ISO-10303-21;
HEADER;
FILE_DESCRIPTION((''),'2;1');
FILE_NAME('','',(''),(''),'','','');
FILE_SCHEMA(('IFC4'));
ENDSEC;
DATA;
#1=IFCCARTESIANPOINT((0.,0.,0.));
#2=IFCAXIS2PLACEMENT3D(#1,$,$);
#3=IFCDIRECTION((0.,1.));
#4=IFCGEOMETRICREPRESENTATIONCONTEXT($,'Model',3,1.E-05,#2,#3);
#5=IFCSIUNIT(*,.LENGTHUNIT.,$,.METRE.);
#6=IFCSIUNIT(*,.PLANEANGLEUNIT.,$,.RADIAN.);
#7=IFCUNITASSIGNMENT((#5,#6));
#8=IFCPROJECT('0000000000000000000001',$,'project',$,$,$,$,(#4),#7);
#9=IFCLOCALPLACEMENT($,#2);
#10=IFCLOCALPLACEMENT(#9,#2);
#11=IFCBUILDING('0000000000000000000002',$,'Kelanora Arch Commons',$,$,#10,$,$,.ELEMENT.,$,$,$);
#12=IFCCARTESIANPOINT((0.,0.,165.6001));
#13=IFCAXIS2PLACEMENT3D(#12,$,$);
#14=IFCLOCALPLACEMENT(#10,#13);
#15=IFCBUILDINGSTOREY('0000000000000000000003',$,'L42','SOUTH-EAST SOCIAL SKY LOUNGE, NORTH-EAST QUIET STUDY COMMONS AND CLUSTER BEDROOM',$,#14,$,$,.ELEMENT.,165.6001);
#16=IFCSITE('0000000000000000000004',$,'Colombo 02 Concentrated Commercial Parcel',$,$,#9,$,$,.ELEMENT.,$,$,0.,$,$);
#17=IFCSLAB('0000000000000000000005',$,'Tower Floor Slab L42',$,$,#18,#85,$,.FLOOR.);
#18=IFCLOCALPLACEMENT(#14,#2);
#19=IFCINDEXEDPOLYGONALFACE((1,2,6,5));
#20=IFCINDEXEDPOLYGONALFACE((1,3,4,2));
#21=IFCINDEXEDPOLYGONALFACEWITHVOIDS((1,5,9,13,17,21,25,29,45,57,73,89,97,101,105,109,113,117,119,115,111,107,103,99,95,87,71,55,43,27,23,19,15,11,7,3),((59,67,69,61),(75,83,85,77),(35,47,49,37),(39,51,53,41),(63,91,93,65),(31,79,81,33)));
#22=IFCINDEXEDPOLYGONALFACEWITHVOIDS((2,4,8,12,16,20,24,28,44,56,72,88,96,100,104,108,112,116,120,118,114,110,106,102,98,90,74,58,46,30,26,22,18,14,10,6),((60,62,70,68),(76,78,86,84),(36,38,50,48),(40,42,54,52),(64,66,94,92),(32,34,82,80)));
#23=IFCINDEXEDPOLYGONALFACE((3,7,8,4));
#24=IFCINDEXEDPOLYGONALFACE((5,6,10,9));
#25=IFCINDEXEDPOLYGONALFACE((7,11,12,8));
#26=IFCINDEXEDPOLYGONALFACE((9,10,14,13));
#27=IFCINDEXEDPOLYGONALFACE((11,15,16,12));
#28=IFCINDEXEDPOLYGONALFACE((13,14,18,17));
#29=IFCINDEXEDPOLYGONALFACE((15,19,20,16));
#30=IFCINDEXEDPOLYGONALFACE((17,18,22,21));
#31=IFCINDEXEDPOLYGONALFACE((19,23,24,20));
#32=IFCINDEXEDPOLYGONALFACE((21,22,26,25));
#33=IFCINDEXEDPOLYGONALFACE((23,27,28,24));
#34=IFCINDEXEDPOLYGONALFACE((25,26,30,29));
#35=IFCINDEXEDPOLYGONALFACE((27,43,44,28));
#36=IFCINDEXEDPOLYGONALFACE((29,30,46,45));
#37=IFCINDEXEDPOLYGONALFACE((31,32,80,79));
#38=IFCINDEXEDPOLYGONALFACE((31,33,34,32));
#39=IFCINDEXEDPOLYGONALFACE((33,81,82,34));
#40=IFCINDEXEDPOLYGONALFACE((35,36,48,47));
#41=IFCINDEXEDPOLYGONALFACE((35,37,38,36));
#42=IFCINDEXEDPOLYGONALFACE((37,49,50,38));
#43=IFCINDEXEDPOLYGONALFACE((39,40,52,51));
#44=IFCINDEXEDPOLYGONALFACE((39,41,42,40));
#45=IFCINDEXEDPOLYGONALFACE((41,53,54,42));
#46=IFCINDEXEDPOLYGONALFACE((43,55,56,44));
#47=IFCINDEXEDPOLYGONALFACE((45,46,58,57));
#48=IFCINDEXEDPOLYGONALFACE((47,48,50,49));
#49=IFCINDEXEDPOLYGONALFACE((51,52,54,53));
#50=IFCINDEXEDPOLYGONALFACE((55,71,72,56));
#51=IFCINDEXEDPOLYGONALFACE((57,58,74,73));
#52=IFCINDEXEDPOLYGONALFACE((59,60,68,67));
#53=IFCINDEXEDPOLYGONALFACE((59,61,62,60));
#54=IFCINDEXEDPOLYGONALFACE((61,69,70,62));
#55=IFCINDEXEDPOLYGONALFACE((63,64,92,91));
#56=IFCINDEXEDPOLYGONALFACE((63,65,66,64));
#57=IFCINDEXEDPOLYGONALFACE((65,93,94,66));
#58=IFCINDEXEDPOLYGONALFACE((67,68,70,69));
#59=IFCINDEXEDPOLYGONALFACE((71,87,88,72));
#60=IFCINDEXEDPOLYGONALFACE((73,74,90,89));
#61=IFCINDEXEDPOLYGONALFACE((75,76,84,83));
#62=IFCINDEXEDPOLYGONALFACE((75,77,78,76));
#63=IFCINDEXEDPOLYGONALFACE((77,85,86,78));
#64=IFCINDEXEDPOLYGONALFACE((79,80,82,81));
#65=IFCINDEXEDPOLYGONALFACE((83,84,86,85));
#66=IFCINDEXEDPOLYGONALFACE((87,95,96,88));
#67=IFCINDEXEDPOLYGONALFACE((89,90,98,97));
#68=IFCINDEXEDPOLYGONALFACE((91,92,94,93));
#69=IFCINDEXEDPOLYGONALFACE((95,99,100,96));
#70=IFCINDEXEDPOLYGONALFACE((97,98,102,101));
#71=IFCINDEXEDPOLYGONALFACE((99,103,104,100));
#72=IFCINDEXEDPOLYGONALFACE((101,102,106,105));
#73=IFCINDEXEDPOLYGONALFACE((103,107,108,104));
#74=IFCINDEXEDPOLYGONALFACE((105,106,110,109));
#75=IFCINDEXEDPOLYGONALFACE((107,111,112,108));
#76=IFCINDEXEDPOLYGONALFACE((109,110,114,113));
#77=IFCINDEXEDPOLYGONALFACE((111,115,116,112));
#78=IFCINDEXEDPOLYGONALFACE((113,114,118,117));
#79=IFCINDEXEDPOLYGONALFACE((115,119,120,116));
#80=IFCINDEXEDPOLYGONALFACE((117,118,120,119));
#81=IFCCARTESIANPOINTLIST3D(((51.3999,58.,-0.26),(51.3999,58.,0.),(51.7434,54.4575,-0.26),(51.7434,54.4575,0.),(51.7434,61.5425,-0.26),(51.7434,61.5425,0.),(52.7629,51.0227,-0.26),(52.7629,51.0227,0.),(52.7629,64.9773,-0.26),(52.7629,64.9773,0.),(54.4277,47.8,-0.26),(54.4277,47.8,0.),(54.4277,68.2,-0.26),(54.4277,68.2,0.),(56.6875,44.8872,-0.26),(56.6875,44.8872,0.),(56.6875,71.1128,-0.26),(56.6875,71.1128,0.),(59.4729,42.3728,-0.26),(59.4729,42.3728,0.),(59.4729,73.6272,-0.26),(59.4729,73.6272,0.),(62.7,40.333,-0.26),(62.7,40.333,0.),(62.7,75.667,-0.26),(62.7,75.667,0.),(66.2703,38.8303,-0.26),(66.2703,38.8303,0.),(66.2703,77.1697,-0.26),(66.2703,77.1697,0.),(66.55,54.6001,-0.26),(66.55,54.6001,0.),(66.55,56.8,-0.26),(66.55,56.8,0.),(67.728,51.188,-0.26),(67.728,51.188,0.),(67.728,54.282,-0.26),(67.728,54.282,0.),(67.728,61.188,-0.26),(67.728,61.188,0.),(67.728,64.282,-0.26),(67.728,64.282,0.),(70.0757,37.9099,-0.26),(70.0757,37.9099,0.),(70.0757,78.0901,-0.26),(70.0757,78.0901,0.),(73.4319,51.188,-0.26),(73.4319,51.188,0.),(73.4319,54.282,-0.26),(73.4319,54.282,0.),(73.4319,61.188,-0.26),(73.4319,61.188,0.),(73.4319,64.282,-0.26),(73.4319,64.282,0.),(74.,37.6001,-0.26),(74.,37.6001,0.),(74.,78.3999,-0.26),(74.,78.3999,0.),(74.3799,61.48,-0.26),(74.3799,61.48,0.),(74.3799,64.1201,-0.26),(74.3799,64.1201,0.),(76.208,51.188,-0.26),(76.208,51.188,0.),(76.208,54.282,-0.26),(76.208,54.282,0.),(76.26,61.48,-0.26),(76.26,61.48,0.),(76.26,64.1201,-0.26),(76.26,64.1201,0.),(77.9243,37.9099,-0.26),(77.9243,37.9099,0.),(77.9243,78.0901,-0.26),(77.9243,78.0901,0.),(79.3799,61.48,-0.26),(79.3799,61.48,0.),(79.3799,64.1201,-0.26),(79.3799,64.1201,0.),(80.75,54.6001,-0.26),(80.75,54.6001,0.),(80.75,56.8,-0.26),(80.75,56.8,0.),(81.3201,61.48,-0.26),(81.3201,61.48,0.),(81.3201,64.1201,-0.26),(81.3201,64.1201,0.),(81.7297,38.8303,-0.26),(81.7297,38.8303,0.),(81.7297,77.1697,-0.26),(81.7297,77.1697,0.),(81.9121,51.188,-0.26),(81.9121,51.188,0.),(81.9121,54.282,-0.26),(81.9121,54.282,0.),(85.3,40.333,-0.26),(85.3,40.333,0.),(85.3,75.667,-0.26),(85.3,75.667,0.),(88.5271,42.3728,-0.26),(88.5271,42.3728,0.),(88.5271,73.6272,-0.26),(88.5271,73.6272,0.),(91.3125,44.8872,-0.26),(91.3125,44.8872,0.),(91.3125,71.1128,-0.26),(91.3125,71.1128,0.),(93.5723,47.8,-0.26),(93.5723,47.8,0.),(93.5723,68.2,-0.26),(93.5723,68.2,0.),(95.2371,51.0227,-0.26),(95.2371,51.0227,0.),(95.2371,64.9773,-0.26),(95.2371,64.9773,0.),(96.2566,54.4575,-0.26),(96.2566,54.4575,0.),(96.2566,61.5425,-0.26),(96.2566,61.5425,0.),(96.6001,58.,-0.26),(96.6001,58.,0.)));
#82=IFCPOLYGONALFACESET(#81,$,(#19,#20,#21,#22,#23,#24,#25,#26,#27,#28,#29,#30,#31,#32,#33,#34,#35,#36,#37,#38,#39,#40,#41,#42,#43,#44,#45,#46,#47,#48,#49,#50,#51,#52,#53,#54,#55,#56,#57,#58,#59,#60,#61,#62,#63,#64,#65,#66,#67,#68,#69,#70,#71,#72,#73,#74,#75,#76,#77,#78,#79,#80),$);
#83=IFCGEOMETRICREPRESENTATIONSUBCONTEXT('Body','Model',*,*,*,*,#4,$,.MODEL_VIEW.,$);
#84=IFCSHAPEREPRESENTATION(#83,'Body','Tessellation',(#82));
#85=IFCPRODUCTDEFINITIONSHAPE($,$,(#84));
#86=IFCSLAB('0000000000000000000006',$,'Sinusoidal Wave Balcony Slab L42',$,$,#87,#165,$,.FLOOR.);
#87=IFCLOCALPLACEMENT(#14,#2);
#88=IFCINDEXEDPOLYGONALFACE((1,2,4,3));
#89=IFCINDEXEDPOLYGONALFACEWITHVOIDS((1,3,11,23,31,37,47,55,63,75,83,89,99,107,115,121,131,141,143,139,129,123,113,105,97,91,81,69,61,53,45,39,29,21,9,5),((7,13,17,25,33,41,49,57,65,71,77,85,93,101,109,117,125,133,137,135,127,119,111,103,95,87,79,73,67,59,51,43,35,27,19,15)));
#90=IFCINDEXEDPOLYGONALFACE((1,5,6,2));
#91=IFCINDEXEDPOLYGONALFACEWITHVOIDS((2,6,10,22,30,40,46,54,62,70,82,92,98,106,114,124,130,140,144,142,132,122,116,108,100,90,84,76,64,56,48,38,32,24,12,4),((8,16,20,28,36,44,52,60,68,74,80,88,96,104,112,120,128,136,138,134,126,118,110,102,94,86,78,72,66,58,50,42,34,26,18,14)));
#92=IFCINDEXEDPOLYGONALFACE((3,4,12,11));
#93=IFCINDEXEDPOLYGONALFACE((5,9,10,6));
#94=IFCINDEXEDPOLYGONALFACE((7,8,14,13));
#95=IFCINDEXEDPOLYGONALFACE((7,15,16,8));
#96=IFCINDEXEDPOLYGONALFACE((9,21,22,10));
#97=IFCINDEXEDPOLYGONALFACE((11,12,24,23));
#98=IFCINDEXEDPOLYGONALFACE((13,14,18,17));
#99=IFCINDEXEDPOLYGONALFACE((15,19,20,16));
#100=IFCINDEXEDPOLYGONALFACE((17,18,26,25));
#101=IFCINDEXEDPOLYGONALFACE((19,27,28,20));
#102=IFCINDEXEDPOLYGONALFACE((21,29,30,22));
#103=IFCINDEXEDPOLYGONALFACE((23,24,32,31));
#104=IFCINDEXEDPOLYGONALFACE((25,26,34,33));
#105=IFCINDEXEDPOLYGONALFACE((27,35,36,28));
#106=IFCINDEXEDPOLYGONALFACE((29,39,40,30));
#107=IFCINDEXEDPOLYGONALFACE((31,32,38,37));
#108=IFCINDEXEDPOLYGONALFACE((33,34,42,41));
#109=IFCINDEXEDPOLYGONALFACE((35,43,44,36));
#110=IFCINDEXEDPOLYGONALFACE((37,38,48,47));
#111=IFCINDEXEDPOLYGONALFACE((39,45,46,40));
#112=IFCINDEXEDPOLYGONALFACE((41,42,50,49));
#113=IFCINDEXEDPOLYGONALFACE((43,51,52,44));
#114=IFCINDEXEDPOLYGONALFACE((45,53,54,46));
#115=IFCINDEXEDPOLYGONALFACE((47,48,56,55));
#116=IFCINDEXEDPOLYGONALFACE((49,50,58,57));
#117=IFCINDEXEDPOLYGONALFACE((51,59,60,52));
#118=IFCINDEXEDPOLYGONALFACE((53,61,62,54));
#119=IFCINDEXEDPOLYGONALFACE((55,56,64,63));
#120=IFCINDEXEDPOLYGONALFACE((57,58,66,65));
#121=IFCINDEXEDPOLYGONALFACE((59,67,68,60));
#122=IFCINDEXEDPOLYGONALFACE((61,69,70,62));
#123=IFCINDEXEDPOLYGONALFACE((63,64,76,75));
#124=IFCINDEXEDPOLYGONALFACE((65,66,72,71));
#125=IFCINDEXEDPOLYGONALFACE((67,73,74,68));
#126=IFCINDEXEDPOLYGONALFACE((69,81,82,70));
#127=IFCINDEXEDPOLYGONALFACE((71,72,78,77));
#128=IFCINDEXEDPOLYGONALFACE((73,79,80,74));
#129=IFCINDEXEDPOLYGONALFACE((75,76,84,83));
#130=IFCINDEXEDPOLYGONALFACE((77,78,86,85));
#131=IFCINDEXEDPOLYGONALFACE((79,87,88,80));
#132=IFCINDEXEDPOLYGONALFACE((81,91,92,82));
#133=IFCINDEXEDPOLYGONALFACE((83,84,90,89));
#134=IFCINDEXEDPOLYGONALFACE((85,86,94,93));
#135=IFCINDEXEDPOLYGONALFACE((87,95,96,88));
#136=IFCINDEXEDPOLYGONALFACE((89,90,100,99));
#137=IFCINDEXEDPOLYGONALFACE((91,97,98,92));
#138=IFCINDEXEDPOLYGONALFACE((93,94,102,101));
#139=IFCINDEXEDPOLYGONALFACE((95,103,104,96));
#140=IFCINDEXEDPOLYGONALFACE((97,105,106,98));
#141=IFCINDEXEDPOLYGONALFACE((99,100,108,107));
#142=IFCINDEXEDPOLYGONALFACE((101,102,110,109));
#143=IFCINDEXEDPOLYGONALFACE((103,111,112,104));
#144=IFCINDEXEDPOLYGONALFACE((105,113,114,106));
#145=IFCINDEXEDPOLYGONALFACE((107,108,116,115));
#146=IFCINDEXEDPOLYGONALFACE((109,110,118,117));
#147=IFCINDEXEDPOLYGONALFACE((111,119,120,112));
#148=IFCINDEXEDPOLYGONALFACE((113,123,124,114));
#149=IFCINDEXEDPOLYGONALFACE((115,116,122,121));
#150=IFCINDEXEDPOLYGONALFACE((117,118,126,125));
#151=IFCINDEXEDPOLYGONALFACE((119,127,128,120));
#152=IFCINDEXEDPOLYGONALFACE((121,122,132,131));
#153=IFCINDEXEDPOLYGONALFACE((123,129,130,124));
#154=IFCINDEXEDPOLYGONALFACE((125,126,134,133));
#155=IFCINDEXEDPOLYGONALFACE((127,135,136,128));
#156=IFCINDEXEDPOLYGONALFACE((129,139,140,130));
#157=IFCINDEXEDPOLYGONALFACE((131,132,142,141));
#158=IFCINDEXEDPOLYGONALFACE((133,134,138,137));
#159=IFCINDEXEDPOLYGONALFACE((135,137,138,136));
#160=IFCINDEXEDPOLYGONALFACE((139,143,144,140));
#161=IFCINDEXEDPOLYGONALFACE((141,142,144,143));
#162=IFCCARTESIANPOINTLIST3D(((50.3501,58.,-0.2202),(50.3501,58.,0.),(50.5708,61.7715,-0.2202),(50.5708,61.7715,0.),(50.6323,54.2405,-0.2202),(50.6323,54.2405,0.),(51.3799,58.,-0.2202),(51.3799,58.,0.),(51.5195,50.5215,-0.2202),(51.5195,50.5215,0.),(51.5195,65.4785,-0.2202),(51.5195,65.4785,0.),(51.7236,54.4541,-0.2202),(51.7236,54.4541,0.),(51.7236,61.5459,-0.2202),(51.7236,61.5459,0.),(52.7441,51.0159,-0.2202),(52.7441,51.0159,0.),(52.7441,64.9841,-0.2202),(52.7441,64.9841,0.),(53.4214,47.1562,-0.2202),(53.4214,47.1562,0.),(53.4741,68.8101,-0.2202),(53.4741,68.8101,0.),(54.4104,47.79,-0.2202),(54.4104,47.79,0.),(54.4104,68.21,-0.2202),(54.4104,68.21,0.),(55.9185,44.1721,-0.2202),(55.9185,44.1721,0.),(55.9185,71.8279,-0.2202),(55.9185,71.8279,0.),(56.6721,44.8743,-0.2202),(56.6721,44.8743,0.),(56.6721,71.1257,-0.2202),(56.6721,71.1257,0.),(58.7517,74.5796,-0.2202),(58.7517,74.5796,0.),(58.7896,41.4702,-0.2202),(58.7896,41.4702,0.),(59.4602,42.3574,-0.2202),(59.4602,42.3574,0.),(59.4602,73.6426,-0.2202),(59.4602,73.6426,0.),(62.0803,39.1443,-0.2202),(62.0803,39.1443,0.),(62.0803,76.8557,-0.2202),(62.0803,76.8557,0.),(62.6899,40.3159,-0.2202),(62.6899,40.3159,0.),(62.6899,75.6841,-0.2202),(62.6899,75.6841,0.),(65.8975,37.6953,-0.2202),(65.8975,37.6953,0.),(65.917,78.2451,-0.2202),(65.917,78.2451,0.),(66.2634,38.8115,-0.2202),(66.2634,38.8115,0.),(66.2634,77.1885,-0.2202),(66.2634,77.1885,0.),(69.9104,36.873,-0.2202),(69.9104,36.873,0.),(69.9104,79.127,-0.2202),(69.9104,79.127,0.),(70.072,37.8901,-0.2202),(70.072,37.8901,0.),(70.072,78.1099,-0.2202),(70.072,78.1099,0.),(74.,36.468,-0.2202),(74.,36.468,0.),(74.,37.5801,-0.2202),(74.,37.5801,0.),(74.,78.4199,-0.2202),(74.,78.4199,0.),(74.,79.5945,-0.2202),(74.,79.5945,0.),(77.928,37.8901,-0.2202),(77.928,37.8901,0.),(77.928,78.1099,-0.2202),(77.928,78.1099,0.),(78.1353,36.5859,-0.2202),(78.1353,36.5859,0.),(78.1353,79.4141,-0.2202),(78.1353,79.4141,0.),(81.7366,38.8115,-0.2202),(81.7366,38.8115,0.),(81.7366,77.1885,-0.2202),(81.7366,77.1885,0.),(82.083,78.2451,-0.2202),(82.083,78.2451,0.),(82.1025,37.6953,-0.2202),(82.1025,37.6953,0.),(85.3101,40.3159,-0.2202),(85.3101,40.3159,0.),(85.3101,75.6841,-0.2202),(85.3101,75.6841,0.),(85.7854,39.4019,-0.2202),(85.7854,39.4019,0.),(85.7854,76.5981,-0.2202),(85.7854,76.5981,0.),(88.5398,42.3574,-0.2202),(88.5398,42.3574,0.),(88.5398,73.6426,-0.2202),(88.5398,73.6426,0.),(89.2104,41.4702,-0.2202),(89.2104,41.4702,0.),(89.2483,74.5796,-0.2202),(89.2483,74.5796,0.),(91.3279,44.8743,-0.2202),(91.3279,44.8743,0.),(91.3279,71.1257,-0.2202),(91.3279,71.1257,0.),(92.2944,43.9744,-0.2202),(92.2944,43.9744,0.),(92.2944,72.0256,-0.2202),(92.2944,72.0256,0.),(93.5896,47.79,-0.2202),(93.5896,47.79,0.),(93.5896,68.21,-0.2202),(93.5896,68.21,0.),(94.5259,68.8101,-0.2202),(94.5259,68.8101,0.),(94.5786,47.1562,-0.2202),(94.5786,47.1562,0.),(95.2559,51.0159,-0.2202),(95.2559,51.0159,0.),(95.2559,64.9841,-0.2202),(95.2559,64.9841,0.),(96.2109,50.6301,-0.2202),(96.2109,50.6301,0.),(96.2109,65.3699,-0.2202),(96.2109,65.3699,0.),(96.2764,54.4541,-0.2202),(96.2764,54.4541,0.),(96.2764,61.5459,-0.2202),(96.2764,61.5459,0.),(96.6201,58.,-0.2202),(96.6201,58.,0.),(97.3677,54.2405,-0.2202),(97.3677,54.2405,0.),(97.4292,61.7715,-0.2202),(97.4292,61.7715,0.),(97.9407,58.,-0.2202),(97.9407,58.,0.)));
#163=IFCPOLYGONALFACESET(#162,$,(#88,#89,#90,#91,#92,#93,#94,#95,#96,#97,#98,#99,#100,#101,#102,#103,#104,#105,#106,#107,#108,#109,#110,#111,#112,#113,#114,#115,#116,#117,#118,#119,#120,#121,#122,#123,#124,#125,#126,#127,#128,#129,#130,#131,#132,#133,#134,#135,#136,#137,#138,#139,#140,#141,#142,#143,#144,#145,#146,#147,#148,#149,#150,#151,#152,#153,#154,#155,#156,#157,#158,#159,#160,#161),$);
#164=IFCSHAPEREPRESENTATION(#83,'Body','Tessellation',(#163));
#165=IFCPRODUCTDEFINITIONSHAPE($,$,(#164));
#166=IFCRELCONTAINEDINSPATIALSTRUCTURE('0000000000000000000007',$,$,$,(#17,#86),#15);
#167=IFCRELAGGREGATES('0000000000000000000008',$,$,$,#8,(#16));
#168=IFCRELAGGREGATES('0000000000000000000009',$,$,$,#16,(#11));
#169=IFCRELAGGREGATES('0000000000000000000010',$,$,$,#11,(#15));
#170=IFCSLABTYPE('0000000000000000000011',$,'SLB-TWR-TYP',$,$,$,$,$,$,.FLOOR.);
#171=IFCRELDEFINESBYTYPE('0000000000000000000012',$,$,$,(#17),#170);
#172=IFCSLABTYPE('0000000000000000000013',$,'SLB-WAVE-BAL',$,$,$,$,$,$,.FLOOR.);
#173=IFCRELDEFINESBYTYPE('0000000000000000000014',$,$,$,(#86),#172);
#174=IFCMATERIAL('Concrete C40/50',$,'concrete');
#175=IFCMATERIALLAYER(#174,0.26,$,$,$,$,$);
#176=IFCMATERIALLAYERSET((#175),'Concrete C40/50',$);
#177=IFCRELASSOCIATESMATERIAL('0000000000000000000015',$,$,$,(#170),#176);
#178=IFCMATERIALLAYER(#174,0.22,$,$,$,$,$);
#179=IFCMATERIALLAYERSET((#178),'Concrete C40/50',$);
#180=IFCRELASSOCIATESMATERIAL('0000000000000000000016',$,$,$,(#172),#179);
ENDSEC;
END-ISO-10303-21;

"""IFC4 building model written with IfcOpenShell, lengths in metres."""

from ifc_helpers import new_model, si_unit, direction, frame, origin, place, context, subcontext, project, spatial, polyline, outline, extrude, material, layer, layer_set, type_object, element, save


model = new_model("IFC4")

# Units and contexts
model_context = context("Model", 3, precision=1e-05, world=origin(), true_north=direction((0.0, 1.0)))
body_context = subcontext(model_context, "Body", "Model", "MODEL_VIEW")
ifc_project = project(units=[si_unit("LENGTHUNIT", "METRE"), si_unit("PLANEANGLEUNIT", "RADIAN")], contexts=[model_context])

# Site, building, storey
site_placement = place(None, origin())
site = spatial("IfcSite", under=ifc_project, at=site_placement, Name="Colombo 02 Concentrated Commercial Parcel", CompositionType="ELEMENT", RefElevation=0.0)
building_placement = place(site_placement, origin())
building = spatial("IfcBuilding", under=site, at=building_placement, Name="Kelanora Arch Commons", CompositionType="ELEMENT")
storey_placement = place(building_placement, frame((0.0, 0.0, 165.6001)))
storey = spatial("IfcBuildingStorey", under=building, at=storey_placement, Name="L42", Description="SOUTH-EAST SOCIAL SKY LOUNGE, NORTH-EAST QUIET STUDY COMMONS AND CLUSTER BEDROOM", CompositionType="ELEMENT", Elevation=165.6001)

# Shared definitions
ifc_material_1 = material(Name="Concrete C40/50", Category="concrete")

# Slabs
ifc_layer_1 = layer(ifc_material_1, 0.26)
ifc_layer_set_1 = layer_set([ifc_layer_1], Name="Concrete C40/50")
slab_type_1 = type_object("IfcSlabType", Name="SLB-TWR-TYP", PredefinedType="FLOOR", material=ifc_layer_set_1)
slab_1_placement = place(storey_placement, frame((0.0, 0.0, -0.26)))
element("IfcSlab", 1, at=slab_1_placement, inside=storey, type_object=slab_type_1, Name="Tower Floor Slab L42", PredefinedType="FLOOR", context=body_context, shape_type="SweptSolid", body=[
    extrude(outline(polyline([(96.6001, 58.0), (96.2566, 61.5425), (95.2371, 64.9773), (93.5723, 68.2), (91.3125, 71.1128), (88.5271, 73.6272), (85.3, 75.667), (81.7297, 77.1697), (77.9243, 78.0901), (74.0, 78.3999), (70.0757, 78.0901), (66.2703, 77.1697), (62.7, 75.667), (59.4729, 73.6272), (56.6875, 71.1128), (54.4277, 68.2), (52.7629, 64.9773), (51.7434, 61.5425), (51.3999, 58.0), (51.7434, 54.4575), (52.7629, 51.0227), (54.4277, 47.8), (56.6875, 44.8872), (59.4729, 42.3728), (62.7, 40.333), (66.2703, 38.8303), (70.0757, 37.9099), (74.0, 37.6001), (77.9243, 37.9099), (81.7297, 38.8303), (85.3, 40.333), (88.5271, 42.3728), (91.3125, 44.8872), (93.5723, 47.8), (95.2371, 51.0227), (96.2566, 54.4575), (96.6001, 58.0)]), holes=[polyline([(73.4319, 51.188), (67.728, 51.188), (67.728, 54.282), (73.4319, 54.282), (73.4319, 51.188)]), polyline([(76.208, 51.188), (76.208, 54.282), (81.9121, 54.282), (81.9121, 51.188), (76.208, 51.188)]), polyline([(66.55, 54.6001), (66.55, 56.8), (80.75, 56.8), (80.75, 54.6001), (66.55, 54.6001)]), polyline([(73.4319, 61.188), (67.728, 61.188), (67.728, 64.282), (73.4319, 64.282), (73.4319, 61.188)]), polyline([(74.3799, 61.48), (74.3799, 64.1201), (76.26, 64.1201), (76.26, 61.48), (74.3799, 61.48)]), polyline([(79.3799, 61.48), (79.3799, 64.1201), (81.3201, 64.1201), (81.3201, 61.48), (79.3799, 61.48)])]), origin(), (0.0, 0.0, 1.0), 0.26),
])
ifc_layer_2 = layer(ifc_material_1, 0.22)
ifc_layer_set_2 = layer_set([ifc_layer_2], Name="Concrete C40/50")
slab_type_2 = type_object("IfcSlabType", Name="SLB-WAVE-BAL", PredefinedType="FLOOR", material=ifc_layer_set_2)
slab_2_placement = place(storey_placement, frame((0.0, 0.0, -0.2202)))
element("IfcSlab", 2, at=slab_2_placement, inside=storey, type_object=slab_type_2, Name="Sinusoidal Wave Balcony Slab L42", PredefinedType="FLOOR", context=body_context, shape_type="SweptSolid", body=[
    extrude(outline(polyline([(97.9407, 58.0), (97.4292, 61.7715), (96.2109, 65.3699), (94.5259, 68.8101), (92.2944, 72.0256), (89.2483, 74.5796), (85.7854, 76.5981), (82.083, 78.2451), (78.1353, 79.4141), (74.0, 79.5945), (69.9104, 79.127), (65.917, 78.2451), (62.0803, 76.8557), (58.7517, 74.5796), (55.9185, 71.8279), (53.4741, 68.8101), (51.5195, 65.4785), (50.5708, 61.7715), (50.3501, 58.0), (50.6323, 54.2405), (51.5195, 50.5215), (53.4214, 47.1562), (55.9185, 44.1721), (58.7896, 41.4702), (62.0803, 39.1443), (65.8975, 37.6953), (69.9104, 36.873), (74.0, 36.468), (78.1353, 36.5859), (82.1025, 37.6953), (85.7854, 39.4019), (89.2104, 41.4702), (92.2944, 43.9744), (94.5786, 47.1562), (96.2109, 50.6301), (97.3677, 54.2405), (97.9407, 58.0)]), holes=[polyline([(96.2764, 54.4541), (95.2559, 51.0159), (93.5896, 47.79), (91.3279, 44.8743), (88.5398, 42.3574), (85.3101, 40.3159), (81.7366, 38.8115), (77.928, 37.8901), (74.0, 37.5801), (70.072, 37.8901), (66.2634, 38.8115), (62.6899, 40.3159), (59.4602, 42.3574), (56.6721, 44.8743), (54.4104, 47.79), (52.7441, 51.0159), (51.7236, 54.4541), (51.3799, 58.0), (51.7236, 61.5459), (52.7441, 64.9841), (54.4104, 68.21), (56.6721, 71.1257), (59.4602, 73.6426), (62.6899, 75.6841), (66.2634, 77.1885), (70.072, 78.1099), (74.0, 78.4199), (77.928, 78.1099), (81.7366, 77.1885), (85.3101, 75.6841), (88.5398, 73.6426), (91.3279, 71.1257), (93.5896, 68.21), (95.2559, 64.9841), (96.2764, 61.5459), (96.6201, 58.0), (96.2764, 54.4541)])]), origin(), (0.0, 0.0, 1.0), 0.2202),
])

save(model, "model.ifc")
